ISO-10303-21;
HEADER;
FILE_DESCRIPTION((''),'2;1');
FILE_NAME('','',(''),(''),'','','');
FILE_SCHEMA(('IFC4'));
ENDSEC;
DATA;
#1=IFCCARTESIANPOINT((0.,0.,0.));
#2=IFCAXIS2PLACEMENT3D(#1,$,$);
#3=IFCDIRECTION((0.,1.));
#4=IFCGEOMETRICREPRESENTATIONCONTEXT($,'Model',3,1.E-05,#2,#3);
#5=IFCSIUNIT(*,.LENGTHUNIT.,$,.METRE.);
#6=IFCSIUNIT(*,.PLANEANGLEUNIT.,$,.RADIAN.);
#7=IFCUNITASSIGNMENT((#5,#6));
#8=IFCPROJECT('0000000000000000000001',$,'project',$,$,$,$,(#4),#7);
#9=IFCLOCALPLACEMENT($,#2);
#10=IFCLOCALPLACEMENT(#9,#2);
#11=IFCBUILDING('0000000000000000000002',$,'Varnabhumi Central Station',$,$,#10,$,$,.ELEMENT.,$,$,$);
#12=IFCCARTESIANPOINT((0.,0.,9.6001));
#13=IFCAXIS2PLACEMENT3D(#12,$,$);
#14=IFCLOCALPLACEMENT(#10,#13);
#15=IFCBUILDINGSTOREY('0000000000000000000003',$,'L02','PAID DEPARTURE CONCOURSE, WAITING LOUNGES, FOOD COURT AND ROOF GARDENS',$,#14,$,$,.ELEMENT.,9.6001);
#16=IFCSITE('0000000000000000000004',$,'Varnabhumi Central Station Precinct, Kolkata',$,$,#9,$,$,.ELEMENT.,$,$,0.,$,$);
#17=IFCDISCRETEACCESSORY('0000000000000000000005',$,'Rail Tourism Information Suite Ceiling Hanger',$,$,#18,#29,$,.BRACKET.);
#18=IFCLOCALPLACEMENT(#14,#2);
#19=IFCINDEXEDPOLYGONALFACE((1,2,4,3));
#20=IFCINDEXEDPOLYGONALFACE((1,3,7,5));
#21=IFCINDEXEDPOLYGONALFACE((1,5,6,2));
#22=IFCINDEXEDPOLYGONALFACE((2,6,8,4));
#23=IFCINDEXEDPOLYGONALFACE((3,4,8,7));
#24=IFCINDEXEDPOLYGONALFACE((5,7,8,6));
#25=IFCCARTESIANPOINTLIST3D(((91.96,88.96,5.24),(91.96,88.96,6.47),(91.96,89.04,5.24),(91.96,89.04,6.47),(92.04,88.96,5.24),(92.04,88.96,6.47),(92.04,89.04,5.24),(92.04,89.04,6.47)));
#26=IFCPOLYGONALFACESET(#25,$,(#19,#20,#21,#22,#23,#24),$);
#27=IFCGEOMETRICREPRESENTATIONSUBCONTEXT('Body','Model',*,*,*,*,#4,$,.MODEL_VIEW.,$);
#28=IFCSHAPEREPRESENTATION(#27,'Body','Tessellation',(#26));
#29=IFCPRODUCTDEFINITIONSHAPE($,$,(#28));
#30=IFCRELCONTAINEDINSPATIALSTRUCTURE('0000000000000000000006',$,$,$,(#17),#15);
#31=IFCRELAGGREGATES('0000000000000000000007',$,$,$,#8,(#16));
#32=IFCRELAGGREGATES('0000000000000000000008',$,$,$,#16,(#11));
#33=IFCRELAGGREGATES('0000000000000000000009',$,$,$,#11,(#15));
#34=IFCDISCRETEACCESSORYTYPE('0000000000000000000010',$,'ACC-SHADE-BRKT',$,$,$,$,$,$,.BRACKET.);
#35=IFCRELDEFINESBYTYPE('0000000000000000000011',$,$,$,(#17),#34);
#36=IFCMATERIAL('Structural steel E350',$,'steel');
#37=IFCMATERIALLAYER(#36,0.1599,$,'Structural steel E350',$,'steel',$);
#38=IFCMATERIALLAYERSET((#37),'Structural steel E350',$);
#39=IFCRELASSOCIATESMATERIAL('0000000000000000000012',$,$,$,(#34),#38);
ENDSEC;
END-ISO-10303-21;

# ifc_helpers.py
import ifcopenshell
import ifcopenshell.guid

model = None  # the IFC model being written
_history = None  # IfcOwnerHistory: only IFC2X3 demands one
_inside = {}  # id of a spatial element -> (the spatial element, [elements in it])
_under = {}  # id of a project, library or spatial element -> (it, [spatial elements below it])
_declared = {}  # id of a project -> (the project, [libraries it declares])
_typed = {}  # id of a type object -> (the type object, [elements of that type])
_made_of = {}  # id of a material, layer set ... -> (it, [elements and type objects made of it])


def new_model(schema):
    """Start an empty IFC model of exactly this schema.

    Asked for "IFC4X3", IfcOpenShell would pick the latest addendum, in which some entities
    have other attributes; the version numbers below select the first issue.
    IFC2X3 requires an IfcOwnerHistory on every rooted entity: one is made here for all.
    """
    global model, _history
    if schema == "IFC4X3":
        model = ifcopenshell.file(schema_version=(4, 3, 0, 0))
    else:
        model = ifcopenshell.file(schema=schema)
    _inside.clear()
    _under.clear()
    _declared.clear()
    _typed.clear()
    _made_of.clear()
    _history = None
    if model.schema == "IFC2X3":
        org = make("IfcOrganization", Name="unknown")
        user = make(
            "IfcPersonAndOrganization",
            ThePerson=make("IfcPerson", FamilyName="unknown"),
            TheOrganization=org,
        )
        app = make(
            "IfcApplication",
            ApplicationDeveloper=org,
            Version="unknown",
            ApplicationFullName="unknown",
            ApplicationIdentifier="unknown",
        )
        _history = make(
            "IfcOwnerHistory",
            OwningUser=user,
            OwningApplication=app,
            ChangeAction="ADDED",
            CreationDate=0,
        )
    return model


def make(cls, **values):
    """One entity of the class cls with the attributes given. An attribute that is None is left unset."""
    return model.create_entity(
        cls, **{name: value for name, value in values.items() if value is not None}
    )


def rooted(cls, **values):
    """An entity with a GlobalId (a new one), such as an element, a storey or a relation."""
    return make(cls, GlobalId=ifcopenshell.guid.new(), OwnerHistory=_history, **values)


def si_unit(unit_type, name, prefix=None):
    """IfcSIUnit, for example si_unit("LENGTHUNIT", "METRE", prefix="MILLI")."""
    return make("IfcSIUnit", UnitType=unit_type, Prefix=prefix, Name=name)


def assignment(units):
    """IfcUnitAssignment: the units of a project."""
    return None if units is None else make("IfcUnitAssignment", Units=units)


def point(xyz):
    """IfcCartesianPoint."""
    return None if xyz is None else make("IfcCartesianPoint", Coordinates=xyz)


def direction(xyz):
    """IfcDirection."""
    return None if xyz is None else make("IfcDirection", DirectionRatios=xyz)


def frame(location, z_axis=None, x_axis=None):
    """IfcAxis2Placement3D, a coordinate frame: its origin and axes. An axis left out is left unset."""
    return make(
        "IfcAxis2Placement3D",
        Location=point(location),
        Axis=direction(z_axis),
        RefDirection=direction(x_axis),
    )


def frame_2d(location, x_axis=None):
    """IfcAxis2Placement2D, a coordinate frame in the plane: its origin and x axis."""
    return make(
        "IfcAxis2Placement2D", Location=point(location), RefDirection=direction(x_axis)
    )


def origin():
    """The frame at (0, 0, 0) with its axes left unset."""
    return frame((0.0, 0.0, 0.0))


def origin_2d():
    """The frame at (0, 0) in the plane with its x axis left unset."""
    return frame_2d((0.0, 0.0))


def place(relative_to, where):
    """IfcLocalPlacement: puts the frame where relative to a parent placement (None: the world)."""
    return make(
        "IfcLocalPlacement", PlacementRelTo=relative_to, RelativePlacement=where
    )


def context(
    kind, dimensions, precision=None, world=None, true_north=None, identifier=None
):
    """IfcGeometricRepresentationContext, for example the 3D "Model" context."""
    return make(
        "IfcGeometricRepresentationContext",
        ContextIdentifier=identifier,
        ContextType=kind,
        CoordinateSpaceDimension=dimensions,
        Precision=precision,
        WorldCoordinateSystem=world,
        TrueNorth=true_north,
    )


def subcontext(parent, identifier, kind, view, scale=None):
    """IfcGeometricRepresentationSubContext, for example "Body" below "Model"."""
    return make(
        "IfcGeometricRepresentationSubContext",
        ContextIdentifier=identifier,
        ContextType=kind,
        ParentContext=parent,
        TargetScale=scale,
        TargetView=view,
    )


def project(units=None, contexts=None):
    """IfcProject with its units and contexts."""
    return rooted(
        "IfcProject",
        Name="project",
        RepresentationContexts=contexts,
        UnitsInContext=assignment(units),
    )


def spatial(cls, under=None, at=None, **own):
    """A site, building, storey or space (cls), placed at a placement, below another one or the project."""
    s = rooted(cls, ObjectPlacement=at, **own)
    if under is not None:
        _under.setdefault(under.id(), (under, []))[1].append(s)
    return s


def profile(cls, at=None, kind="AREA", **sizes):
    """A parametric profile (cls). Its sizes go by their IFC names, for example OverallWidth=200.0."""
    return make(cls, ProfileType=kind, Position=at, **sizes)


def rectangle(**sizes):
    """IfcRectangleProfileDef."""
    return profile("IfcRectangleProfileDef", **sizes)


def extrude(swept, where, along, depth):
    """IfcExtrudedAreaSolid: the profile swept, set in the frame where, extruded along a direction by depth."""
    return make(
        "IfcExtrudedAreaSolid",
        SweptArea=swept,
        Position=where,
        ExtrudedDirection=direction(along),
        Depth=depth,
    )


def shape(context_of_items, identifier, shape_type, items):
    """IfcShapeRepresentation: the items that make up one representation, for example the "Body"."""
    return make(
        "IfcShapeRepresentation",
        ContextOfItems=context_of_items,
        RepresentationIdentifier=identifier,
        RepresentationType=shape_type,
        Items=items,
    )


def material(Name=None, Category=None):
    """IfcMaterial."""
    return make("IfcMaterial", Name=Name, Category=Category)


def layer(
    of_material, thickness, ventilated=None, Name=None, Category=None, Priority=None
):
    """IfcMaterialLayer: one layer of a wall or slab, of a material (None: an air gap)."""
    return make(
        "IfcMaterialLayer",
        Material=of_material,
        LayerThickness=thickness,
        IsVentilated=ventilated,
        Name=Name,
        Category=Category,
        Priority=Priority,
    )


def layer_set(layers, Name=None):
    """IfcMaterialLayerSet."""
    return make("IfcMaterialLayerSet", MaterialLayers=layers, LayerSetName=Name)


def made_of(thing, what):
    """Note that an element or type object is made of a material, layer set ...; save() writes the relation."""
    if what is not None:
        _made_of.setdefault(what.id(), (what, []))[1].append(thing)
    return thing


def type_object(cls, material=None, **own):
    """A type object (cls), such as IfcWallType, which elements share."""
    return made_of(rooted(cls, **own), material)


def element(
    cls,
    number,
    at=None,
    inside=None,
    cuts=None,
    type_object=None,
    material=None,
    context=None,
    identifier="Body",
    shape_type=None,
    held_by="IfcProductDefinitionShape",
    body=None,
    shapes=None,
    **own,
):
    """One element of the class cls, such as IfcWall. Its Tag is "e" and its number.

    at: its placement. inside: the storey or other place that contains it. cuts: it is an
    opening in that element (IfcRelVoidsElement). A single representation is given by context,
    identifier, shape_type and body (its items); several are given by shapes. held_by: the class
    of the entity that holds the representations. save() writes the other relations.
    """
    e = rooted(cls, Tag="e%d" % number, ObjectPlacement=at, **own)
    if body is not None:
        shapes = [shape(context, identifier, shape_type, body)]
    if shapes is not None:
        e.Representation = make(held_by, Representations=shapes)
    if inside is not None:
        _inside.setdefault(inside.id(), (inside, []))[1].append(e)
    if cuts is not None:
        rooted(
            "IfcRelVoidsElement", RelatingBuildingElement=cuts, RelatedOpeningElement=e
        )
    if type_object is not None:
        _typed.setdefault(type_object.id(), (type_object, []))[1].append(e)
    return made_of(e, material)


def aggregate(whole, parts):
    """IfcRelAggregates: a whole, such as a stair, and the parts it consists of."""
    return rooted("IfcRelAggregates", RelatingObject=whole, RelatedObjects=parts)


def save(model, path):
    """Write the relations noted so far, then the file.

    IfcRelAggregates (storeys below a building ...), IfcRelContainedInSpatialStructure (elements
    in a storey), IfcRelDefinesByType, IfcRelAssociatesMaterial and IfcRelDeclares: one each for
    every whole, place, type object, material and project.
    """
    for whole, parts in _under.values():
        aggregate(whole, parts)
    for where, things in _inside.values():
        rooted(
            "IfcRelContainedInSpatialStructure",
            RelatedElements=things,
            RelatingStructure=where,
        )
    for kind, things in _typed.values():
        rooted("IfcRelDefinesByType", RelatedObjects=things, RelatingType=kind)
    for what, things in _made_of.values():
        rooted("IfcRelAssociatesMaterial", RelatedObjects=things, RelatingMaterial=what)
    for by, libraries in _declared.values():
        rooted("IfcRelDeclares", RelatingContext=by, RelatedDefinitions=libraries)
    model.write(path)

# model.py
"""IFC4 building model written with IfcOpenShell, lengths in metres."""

from ifc_helpers import new_model, si_unit, direction, frame, origin, origin_2d, place, context, subcontext, project, spatial, rectangle, extrude, material, layer, layer_set, type_object, element, save


model = new_model("IFC4")

# Units and contexts
model_context = context("Model", 3, precision=1e-05, world=origin(), true_north=direction((0.0, 1.0)))
body_context = subcontext(model_context, "Body", "Model", "MODEL_VIEW")
ifc_project = project(units=[si_unit("LENGTHUNIT", "METRE"), si_unit("PLANEANGLEUNIT", "RADIAN")], contexts=[model_context])

# Site, building, storey
site_placement = place(None, origin())
site = spatial("IfcSite", under=ifc_project, at=site_placement, Name="Varnabhumi Central Station Precinct, Kolkata", CompositionType="ELEMENT", RefElevation=0.0)
building_placement = place(site_placement, origin())
building = spatial("IfcBuilding", under=site, at=building_placement, Name="Varnabhumi Central Station", CompositionType="ELEMENT")
storey_placement = place(building_placement, frame((0.0, 0.0, 9.6001)))
storey = spatial("IfcBuildingStorey", under=building, at=storey_placement, Name="L02", Description="PAID DEPARTURE CONCOURSE, WAITING LOUNGES, FOOD COURT AND ROOF GARDENS", CompositionType="ELEMENT", Elevation=9.6001)

# Shared definitions
ifc_material_1 = material(Name="Structural steel E350", Category="steel")

# Discrete accessory
ifc_layer_1 = layer(ifc_material_1, 0.1599, Name="Structural steel E350", Category="steel")
ifc_layer_set_1 = layer_set([ifc_layer_1], Name="Structural steel E350")
discrete_accessory_type = type_object("IfcDiscreteAccessoryType", Name="ACC-SHADE-BRKT", PredefinedType="BRACKET", material=ifc_layer_set_1)
discrete_accessory_placement = place(storey_placement, frame((92.0, 89.0, 5.24), z_axis=(0.0, 0.0, 1.0), x_axis=(1.0, 0.0, 0.0)))
element("IfcDiscreteAccessory", 1, at=discrete_accessory_placement, inside=storey, type_object=discrete_accessory_type, Name="Rail Tourism Information Suite Ceiling Hanger", PredefinedType="BRACKET", context=body_context, shape_type="SweptSolid", body=[
    extrude(rectangle(XDim=0.0801, YDim=0.0801, at=origin_2d()), origin(), (0.0, 0.0, 1.0), 1.23),
])

save(model, "model.ifc")
